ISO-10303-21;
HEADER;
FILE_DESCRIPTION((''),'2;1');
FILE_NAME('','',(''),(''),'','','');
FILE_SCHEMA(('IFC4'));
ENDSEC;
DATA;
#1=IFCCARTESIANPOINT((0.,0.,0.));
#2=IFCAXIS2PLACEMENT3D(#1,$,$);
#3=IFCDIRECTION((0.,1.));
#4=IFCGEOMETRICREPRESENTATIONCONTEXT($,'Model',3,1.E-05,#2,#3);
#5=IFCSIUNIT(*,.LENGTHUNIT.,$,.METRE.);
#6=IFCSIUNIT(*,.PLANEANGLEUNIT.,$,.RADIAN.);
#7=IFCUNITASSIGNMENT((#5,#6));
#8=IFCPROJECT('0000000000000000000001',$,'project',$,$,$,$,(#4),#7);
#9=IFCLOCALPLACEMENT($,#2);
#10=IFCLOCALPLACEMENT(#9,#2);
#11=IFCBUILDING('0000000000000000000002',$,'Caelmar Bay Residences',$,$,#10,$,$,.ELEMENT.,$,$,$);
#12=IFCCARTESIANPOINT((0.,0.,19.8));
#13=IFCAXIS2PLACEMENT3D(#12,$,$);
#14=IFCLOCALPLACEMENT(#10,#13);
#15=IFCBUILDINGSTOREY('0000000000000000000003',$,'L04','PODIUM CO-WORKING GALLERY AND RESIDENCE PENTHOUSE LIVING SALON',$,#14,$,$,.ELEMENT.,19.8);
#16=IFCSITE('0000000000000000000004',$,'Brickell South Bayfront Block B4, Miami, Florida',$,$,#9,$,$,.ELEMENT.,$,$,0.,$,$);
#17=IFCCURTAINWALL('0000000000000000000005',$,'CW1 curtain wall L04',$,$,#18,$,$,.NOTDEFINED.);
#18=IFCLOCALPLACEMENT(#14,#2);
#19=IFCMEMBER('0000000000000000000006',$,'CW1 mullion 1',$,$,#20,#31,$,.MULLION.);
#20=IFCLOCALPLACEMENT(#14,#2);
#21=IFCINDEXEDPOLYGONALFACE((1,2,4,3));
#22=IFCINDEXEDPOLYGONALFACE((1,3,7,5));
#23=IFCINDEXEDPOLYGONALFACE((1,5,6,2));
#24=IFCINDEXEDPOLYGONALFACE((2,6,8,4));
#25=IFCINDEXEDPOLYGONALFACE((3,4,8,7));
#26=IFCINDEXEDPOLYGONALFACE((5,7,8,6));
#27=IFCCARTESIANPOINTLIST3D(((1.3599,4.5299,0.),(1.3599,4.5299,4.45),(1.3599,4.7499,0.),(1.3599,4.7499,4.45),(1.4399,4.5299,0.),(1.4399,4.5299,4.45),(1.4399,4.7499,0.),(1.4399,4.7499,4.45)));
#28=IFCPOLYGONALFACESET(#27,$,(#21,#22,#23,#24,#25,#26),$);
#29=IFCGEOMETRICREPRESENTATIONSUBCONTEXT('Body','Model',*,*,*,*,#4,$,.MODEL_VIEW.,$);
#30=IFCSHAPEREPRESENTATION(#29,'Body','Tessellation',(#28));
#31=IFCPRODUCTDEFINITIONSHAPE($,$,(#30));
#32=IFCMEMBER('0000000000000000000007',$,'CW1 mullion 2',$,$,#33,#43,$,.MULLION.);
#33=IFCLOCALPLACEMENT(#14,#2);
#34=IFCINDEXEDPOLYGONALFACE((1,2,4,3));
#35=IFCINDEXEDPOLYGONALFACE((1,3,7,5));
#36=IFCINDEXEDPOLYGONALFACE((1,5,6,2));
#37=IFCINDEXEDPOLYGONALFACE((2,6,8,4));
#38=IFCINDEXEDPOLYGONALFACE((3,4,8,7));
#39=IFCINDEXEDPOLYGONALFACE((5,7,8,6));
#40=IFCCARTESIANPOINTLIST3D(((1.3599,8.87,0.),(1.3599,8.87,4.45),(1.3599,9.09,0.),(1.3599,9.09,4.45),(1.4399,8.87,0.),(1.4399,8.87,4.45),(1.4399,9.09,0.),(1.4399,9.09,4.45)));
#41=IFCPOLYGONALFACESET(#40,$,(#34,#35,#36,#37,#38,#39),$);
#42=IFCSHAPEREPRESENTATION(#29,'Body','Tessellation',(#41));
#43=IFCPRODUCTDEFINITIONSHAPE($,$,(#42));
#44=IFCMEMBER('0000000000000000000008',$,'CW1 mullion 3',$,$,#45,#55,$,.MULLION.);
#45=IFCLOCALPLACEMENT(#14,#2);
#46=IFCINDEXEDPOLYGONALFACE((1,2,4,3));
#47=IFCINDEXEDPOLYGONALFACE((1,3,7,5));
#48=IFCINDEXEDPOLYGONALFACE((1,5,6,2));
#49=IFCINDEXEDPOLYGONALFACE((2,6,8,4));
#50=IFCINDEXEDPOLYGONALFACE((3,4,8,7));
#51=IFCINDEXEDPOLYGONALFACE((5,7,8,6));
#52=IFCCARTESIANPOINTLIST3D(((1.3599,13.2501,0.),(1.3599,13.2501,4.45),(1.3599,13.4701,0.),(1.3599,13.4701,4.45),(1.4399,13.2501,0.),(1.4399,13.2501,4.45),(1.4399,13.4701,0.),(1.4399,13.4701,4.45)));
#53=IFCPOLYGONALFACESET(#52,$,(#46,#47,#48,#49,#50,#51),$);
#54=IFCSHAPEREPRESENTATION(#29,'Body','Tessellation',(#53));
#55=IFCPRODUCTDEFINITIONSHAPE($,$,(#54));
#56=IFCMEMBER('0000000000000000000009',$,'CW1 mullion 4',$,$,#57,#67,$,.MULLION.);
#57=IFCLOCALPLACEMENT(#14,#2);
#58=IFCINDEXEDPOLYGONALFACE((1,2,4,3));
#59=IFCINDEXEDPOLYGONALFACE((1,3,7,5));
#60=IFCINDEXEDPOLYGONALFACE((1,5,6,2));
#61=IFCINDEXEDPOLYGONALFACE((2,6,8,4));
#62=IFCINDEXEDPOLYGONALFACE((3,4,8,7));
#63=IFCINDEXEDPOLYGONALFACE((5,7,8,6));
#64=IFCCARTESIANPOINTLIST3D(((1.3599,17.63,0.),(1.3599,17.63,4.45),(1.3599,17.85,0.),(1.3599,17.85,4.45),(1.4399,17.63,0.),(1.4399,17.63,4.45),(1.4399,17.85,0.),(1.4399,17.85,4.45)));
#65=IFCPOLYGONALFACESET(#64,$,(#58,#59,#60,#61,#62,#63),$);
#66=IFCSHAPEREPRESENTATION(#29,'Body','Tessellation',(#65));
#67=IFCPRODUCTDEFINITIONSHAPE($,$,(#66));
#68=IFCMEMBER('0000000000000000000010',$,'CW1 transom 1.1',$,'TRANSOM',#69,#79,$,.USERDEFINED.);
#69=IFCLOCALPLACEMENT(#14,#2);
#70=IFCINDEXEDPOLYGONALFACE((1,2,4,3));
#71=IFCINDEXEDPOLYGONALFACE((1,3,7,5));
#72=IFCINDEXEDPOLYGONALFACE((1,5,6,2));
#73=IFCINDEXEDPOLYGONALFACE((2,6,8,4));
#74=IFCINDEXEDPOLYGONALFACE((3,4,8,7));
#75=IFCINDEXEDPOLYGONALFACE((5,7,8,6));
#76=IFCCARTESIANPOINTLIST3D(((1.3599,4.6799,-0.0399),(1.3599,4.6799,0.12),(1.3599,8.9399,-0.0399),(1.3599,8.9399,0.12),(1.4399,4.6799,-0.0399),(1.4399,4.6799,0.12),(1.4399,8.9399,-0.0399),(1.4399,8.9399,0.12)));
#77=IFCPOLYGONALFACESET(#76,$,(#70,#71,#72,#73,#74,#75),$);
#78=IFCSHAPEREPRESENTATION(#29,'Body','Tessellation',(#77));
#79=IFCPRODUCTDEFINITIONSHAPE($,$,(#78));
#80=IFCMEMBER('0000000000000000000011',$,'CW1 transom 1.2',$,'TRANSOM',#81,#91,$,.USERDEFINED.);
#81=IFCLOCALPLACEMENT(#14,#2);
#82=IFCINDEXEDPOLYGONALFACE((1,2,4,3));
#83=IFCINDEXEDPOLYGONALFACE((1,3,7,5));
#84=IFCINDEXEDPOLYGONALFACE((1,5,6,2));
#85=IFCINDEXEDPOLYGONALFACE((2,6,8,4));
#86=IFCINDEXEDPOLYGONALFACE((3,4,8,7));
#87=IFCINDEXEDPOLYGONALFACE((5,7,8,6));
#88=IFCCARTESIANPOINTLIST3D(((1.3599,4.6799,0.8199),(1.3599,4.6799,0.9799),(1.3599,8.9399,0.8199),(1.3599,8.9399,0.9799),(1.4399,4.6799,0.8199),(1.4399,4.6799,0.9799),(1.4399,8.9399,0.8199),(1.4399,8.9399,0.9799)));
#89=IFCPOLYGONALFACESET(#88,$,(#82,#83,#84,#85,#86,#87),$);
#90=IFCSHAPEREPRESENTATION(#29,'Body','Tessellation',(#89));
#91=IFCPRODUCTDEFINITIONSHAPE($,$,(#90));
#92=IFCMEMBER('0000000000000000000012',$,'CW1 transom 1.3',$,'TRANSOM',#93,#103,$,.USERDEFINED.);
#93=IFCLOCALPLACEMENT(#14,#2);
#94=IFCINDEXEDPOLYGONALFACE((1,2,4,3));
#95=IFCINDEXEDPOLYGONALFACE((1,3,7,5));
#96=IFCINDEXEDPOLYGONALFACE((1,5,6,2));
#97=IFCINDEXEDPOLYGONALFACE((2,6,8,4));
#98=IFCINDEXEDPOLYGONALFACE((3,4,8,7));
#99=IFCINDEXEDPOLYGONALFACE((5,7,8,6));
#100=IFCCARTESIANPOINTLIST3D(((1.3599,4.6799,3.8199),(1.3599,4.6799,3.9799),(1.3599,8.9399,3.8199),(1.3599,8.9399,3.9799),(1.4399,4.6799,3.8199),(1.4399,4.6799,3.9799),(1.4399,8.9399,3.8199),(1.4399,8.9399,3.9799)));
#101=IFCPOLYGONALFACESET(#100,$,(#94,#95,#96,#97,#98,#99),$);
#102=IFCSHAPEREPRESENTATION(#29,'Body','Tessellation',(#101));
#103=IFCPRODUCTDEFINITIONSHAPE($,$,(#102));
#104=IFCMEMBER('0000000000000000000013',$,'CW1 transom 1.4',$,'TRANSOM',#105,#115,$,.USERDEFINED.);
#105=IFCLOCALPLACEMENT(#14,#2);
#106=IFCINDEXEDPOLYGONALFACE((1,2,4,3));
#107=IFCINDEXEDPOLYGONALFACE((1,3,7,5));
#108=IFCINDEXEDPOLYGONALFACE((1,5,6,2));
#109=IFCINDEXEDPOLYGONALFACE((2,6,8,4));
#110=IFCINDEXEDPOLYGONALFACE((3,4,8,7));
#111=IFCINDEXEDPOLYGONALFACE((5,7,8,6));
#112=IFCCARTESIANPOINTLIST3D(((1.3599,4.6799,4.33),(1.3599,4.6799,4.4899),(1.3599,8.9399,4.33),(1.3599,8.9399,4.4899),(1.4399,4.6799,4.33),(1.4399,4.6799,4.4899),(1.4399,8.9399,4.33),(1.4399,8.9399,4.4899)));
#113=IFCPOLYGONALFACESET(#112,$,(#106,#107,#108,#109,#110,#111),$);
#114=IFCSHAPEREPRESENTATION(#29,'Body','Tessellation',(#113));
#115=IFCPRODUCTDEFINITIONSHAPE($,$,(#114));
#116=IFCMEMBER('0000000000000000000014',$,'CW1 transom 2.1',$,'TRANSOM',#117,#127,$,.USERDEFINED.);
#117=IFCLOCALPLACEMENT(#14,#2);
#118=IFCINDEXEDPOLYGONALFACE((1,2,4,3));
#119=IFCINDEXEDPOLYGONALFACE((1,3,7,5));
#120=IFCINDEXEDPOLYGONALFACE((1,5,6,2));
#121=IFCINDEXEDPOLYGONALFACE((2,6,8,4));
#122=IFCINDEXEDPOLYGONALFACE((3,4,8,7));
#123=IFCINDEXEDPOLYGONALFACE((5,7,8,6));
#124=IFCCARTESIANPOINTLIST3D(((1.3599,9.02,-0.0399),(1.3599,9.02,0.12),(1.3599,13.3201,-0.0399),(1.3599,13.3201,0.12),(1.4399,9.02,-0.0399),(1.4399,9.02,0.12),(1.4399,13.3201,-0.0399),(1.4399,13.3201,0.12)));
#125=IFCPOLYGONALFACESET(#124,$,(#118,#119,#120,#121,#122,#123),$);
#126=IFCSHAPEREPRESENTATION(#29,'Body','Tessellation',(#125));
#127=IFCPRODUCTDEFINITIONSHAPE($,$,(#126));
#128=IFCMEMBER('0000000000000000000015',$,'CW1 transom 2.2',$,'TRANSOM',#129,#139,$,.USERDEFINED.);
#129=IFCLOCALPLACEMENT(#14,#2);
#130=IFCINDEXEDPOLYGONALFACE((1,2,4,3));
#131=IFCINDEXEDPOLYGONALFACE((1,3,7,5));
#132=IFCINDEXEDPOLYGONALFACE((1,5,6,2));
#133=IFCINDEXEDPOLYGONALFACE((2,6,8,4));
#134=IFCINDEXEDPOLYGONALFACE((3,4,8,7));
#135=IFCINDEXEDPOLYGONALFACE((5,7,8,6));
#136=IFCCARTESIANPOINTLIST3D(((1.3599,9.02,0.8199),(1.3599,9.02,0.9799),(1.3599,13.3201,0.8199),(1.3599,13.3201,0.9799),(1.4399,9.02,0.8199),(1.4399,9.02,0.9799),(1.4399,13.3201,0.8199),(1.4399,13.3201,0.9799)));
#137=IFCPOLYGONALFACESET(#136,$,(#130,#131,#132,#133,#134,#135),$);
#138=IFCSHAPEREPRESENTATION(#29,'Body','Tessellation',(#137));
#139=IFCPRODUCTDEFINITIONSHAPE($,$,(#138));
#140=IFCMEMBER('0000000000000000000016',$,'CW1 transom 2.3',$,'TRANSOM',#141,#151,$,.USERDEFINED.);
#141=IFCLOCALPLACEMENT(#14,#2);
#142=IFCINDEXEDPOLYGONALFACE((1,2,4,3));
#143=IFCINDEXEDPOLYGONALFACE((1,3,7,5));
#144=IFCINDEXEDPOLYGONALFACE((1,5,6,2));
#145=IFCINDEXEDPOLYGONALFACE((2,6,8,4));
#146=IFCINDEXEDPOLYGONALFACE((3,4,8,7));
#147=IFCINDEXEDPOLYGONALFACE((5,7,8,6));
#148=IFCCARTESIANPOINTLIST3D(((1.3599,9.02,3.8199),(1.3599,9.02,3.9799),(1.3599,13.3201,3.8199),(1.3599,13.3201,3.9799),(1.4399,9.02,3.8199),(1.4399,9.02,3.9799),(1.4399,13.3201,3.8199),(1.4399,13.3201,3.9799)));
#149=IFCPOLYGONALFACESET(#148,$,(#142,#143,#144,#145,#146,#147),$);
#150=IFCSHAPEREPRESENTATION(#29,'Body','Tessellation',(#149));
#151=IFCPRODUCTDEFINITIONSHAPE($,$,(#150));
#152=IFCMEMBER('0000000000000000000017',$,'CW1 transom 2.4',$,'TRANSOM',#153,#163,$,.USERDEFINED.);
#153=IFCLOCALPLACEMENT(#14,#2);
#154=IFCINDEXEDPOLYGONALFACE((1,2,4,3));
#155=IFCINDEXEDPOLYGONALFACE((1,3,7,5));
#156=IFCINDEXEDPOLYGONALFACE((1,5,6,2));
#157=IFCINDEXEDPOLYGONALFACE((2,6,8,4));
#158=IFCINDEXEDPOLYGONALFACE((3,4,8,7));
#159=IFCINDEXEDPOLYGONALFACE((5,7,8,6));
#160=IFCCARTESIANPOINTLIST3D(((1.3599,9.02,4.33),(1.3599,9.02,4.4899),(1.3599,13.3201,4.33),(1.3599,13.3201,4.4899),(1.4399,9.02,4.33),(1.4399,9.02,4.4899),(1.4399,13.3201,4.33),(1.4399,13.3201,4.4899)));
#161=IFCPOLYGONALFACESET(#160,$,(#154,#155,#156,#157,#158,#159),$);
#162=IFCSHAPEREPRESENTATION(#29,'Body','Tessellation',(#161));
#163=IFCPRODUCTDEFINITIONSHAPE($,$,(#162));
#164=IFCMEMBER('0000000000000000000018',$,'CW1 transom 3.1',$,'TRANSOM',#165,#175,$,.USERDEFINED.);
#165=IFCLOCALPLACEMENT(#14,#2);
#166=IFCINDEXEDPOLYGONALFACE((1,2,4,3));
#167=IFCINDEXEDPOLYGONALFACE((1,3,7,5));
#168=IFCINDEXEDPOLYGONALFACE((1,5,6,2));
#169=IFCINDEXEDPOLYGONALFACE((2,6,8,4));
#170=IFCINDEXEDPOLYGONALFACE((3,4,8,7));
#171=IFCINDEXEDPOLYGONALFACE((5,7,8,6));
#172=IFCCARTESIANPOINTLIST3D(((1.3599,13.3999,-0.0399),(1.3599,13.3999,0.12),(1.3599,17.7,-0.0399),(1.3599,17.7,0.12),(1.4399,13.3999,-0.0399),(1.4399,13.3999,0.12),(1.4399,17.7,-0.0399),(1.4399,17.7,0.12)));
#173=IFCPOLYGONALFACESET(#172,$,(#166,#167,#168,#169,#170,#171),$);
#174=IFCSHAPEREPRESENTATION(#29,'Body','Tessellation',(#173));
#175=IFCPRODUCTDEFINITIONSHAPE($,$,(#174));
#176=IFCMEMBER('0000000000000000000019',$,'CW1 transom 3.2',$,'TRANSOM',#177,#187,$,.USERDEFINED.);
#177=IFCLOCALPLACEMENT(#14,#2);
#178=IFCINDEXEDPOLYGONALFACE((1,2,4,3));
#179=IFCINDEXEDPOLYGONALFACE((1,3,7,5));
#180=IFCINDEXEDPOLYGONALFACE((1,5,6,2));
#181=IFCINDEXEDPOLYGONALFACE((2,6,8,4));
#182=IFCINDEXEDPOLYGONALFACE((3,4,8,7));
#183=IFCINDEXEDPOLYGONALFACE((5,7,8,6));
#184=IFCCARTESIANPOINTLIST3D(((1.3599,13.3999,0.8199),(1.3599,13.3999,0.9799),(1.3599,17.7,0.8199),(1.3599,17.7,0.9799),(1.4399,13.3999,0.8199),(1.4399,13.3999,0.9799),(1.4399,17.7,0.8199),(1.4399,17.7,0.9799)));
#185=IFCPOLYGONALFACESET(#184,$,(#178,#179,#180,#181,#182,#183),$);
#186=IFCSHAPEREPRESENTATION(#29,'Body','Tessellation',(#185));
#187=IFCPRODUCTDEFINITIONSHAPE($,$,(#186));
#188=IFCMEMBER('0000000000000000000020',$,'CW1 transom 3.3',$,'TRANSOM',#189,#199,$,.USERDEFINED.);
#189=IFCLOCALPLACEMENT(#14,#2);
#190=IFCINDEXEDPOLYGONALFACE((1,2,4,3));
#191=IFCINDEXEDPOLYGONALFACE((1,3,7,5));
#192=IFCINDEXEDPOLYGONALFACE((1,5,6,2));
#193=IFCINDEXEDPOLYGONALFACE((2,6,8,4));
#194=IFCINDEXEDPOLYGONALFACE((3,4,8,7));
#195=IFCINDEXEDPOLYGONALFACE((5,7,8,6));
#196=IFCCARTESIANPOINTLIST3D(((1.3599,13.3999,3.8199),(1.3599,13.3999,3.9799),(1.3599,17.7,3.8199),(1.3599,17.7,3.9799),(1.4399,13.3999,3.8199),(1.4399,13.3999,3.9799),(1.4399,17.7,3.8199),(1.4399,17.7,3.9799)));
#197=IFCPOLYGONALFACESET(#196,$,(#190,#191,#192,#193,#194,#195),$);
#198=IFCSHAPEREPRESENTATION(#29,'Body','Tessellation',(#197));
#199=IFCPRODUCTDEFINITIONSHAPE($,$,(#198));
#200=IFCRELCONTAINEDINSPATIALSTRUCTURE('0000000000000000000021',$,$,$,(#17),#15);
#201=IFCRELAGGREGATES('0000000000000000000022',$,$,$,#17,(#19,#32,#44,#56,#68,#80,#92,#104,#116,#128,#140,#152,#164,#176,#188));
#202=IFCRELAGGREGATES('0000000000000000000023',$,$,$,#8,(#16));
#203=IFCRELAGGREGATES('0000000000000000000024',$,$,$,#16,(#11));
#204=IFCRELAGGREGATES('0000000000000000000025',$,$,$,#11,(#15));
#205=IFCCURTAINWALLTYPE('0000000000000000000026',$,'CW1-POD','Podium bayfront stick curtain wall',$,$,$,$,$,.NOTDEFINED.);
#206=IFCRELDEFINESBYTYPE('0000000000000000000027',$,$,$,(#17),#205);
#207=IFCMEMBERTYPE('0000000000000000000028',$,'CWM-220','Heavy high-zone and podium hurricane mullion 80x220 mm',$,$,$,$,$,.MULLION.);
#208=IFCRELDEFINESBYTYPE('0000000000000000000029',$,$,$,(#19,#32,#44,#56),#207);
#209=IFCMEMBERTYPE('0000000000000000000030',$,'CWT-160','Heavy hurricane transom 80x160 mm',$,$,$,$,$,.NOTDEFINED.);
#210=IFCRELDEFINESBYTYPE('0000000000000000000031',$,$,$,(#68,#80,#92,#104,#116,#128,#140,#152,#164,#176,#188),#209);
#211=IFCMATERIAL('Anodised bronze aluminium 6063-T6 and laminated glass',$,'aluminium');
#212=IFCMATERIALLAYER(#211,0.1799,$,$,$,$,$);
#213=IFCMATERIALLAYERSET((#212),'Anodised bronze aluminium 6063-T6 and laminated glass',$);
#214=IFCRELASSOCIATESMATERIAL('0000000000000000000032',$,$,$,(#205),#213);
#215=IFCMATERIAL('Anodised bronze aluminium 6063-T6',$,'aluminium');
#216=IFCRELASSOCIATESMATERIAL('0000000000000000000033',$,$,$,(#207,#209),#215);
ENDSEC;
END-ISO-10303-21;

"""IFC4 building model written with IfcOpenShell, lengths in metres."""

from ifc_helpers import new_model, si_unit, direction, frame, origin, origin_2d, place, context, subcontext, project, spatial, rectangle, extrude, material, layer, layer_set, material_profile, profile_set, type_object, element, aggregate, save


model = new_model("IFC4")

# Units and contexts
model_context = context("Model", 3, precision=1e-05, world=origin(), true_north=direction((0.0, 1.0)))
body_context = subcontext(model_context, "Body", "Model", "MODEL_VIEW")
ifc_project = project(units=[si_unit("LENGTHUNIT", "METRE"), si_unit("PLANEANGLEUNIT", "RADIAN")], contexts=[model_context])

# Site, building, storey
site_placement = place(None, origin())
site = spatial("IfcSite", under=ifc_project, at=site_placement, Name="Brickell South Bayfront Block B4, Miami, Florida", CompositionType="ELEMENT", RefElevation=0.0)
building_placement = place(site_placement, origin())
building = spatial("IfcBuilding", under=site, at=building_placement, Name="Caelmar Bay Residences", CompositionType="ELEMENT")
storey_placement = place(building_placement, frame((0.0, 0.0, 19.8)))
storey = spatial("IfcBuildingStorey", under=building, at=storey_placement, Name="L04", Description="PODIUM CO-WORKING GALLERY AND RESIDENCE PENTHOUSE LIVING SALON", CompositionType="ELEMENT", Elevation=19.8)

# Curtain wall, members
ifc_material_1 = material(Name="Anodised bronze aluminium 6063-T6 and laminated glass", Category="aluminium")
ifc_layer_1 = layer(ifc_material_1, 0.1799)
ifc_layer_set_1 = layer_set([ifc_layer_1], Name="Anodised bronze aluminium 6063-T6 and laminated glass")
curtain_wall_type = type_object("IfcCurtainWallType", Name="CW1-POD", Description="Podium bayfront stick curtain wall", PredefinedType="NOTDEFINED", material=ifc_layer_set_1)
curtain_wall_placement = place(storey_placement, origin())
curtain_wall = element("IfcCurtainWall", 1, at=curtain_wall_placement, inside=storey, type_object=curtain_wall_type, Name="CW1 curtain wall L04", PredefinedType="NOTDEFINED")
ifc_material_2 = material(Name="Anodised bronze aluminium 6063-T6", Category="aluminium")
ifc_material_profile_1 = material_profile(ifc_material_2, rectangle(XDim=0.0801, YDim=0.22, at=origin_2d()), Name="CWM-80X220")
ifc_profile_set_1 = profile_set([ifc_material_profile_1], Name="Anodised bronze aluminium 6063-T6")
member_type_1 = type_object("IfcMemberType", Name="CWM-220", Description="Heavy high-zone and podium hurricane mullion 80x220 mm", PredefinedType="MULLION", material=ifc_profile_set_1)
member_1_placement = place(storey_placement, frame((1.3999, 4.6399, 0.0), z_axis=(0.0, 0.0, 1.0), x_axis=(-1.0, 0.0, 0.0)))
member_1 = element("IfcMember", 2, at=member_1_placement, type_object=member_type_1, Name="CW1 mullion 1", PredefinedType="MULLION", context=body_context, shape_type="SweptSolid", body=[
    extrude(rectangle(XDim=0.0801, YDim=0.22, at=origin_2d()), origin(), (0.0, 0.0, 1.0), 4.45),
])
member_2_placement = place(storey_placement, frame((1.3999, 8.98, 0.0), z_axis=(0.0, 0.0, 1.0), x_axis=(-1.0, 0.0, 0.0)))
member_2 = element("IfcMember", 3, at=member_2_placement, type_object=member_type_1, Name="CW1 mullion 2", PredefinedType="MULLION", context=body_context, shape_type="SweptSolid", body=[
    extrude(rectangle(XDim=0.0801, YDim=0.22, at=origin_2d()), origin(), (0.0, 0.0, 1.0), 4.45),
])
member_3_placement = place(storey_placement, frame((1.3999, 13.3601, 0.0), z_axis=(0.0, 0.0, 1.0), x_axis=(-1.0, 0.0, 0.0)))
member_3 = element("IfcMember", 4, at=member_3_placement, type_object=member_type_1, Name="CW1 mullion 3", PredefinedType="MULLION", context=body_context, shape_type="SweptSolid", body=[
    extrude(rectangle(XDim=0.0801, YDim=0.22, at=origin_2d()), origin(), (0.0, 0.0, 1.0), 4.45),
])
member_4_placement = place(storey_placement, frame((1.3999, 17.74, 0.0), z_axis=(0.0, 0.0, 1.0), x_axis=(-1.0, 0.0, 0.0)))
member_4 = element("IfcMember", 5, at=member_4_placement, type_object=member_type_1, Name="CW1 mullion 4", PredefinedType="MULLION", context=body_context, shape_type="SweptSolid", body=[
    extrude(rectangle(XDim=0.0801, YDim=0.22, at=origin_2d()), origin(), (0.0, 0.0, 1.0), 4.45),
])
ifc_material_profile_2 = material_profile(ifc_material_2, rectangle(XDim=0.0801, YDim=0.1599, at=origin_2d()), Name="CWT-80X160")
ifc_profile_set_2 = profile_set([ifc_material_profile_2], Name="Anodised bronze aluminium 6063-T6")
member_type_2 = type_object("IfcMemberType", Name="CWT-160", Description="Heavy hurricane transom 80x160 mm", PredefinedType="NOTDEFINED", material=ifc_profile_set_2)
member_5_placement = place(storey_placement, frame((1.3999, 4.6799, 0.04), z_axis=(0.0, 1.0, 0.0), x_axis=(-1.0, 0.0, 0.0)))
member_5 = element("IfcMember", 6, at=member_5_placement, type_object=member_type_2, Name="CW1 transom 1.1", ObjectType="TRANSOM", PredefinedType="USERDEFINED", context=body_context, shape_type="SweptSolid", body=[
    extrude(rectangle(XDim=0.0801, YDim=0.1599, at=origin_2d()), origin(), (0.0, 0.0, 1.0), 4.26),
])
member_6_placement = place(storey_placement, frame((1.3999, 4.6799, 0.8999), z_axis=(0.0, 1.0, 0.0), x_axis=(-1.0, 0.0, 0.0)))
member_6 = element("IfcMember", 7, at=member_6_placement, type_object=member_type_2, Name="CW1 transom 1.2", ObjectType="TRANSOM", PredefinedType="USERDEFINED", context=body_context, shape_type="SweptSolid", body=[
    extrude(rectangle(XDim=0.0801, YDim=0.1599, at=origin_2d()), origin(), (0.0, 0.0, 1.0), 4.26),
])
member_7_placement = place(storey_placement, frame((1.3999, 4.6799, 3.8999), z_axis=(0.0, 1.0, 0.0), x_axis=(-1.0, 0.0, 0.0)))
member_7 = element("IfcMember", 8, at=member_7_placement, type_object=member_type_2, Name="CW1 transom 1.3", ObjectType="TRANSOM", PredefinedType="USERDEFINED", context=body_context, shape_type="SweptSolid", body=[
    extrude(rectangle(XDim=0.0801, YDim=0.1599, at=origin_2d()), origin(), (0.0, 0.0, 1.0), 4.26),
])
member_8_placement = place(storey_placement, frame((1.3999, 4.6799, 4.4099), z_axis=(0.0, 1.0, 0.0), x_axis=(-1.0, 0.0, 0.0)))
member_8 = element("IfcMember", 9, at=member_8_placement, type_object=member_type_2, Name="CW1 transom 1.4", ObjectType="TRANSOM", PredefinedType="USERDEFINED", context=body_context, shape_type="SweptSolid", body=[
    extrude(rectangle(XDim=0.0801, YDim=0.1599, at=origin_2d()), origin(), (0.0, 0.0, 1.0), 4.26),
])
member_9_placement = place(storey_placement, frame((1.3999, 9.02, 0.04), z_axis=(0.0, 1.0, 0.0), x_axis=(-1.0, 0.0, 0.0)))
member_9 = element("IfcMember", 10, at=member_9_placement, type_object=member_type_2, Name="CW1 transom 2.1", ObjectType="TRANSOM", PredefinedType="USERDEFINED", context=body_context, shape_type="SweptSolid", body=[
    extrude(rectangle(XDim=0.0801, YDim=0.1599, at=origin_2d()), origin(), (0.0, 0.0, 1.0), 4.3),
])
member_10_placement = place(storey_placement, frame((1.3999, 9.02, 0.8999), z_axis=(0.0, 1.0, 0.0), x_axis=(-1.0, 0.0, 0.0)))
member_10 = element("IfcMember", 11, at=member_10_placement, type_object=member_type_2, Name="CW1 transom 2.2", ObjectType="TRANSOM", PredefinedType="USERDEFINED", context=body_context, shape_type="SweptSolid", body=[
    extrude(rectangle(XDim=0.0801, YDim=0.1599, at=origin_2d()), origin(), (0.0, 0.0, 1.0), 4.3),
])
member_11_placement = place(storey_placement, frame((1.3999, 9.02, 3.8999), z_axis=(0.0, 1.0, 0.0), x_axis=(-1.0, 0.0, 0.0)))
member_11 = element("IfcMember", 12, at=member_11_placement, type_object=member_type_2, Name="CW1 transom 2.3", ObjectType="TRANSOM", PredefinedType="USERDEFINED", context=body_context, shape_type="SweptSolid", body=[
    extrude(rectangle(XDim=0.0801, YDim=0.1599, at=origin_2d()), origin(), (0.0, 0.0, 1.0), 4.3),
])
member_12_placement = place(storey_placement, frame((1.3999, 9.02, 4.4099), z_axis=(0.0, 1.0, 0.0), x_axis=(-1.0, 0.0, 0.0)))
member_12 = element("IfcMember", 13, at=member_12_placement, type_object=member_type_2, Name="CW1 transom 2.4", ObjectType="TRANSOM", PredefinedType="USERDEFINED", context=body_context, shape_type="SweptSolid", body=[
    extrude(rectangle(XDim=0.0801, YDim=0.1599, at=origin_2d()), origin(), (0.0, 0.0, 1.0), 4.3),
])
member_13_placement = place(storey_placement, frame((1.3999, 13.3999, 0.04), z_axis=(0.0, 1.0, 0.0), x_axis=(-1.0, 0.0, 0.0)))
member_13 = element("IfcMember", 14, at=member_13_placement, type_object=member_type_2, Name="CW1 transom 3.1", ObjectType="TRANSOM", PredefinedType="USERDEFINED", context=body_context, shape_type="SweptSolid", body=[
    extrude(rectangle(XDim=0.0801, YDim=0.1599, at=origin_2d()), origin(), (0.0, 0.0, 1.0), 4.3),
])
member_14_placement = place(storey_placement, frame((1.3999, 13.3999, 0.8999), z_axis=(0.0, 1.0, 0.0), x_axis=(-1.0, 0.0, 0.0)))
member_14 = element("IfcMember", 15, at=member_14_placement, type_object=member_type_2, Name="CW1 transom 3.2", ObjectType="TRANSOM", PredefinedType="USERDEFINED", context=body_context, shape_type="SweptSolid", body=[
    extrude(rectangle(XDim=0.0801, YDim=0.1599, at=origin_2d()), origin(), (0.0, 0.0, 1.0), 4.3),
])
member_15_placement = place(storey_placement, frame((1.3999, 13.3999, 3.8999), z_axis=(0.0, 1.0, 0.0), x_axis=(-1.0, 0.0, 0.0)))
member_15 = element("IfcMember", 16, at=member_15_placement, type_object=member_type_2, Name="CW1 transom 3.3", ObjectType="TRANSOM", PredefinedType="USERDEFINED", context=body_context, shape_type="SweptSolid", body=[
    extrude(rectangle(XDim=0.0801, YDim=0.1599, at=origin_2d()), origin(), (0.0, 0.0, 1.0), 4.3),
])
aggregate(curtain_wall, [member_1, member_2, member_3, member_4, member_5, member_6, member_7, member_8, member_9, member_10, member_11, member_12, member_13, member_14, member_15])

save(model, "model.ifc")
